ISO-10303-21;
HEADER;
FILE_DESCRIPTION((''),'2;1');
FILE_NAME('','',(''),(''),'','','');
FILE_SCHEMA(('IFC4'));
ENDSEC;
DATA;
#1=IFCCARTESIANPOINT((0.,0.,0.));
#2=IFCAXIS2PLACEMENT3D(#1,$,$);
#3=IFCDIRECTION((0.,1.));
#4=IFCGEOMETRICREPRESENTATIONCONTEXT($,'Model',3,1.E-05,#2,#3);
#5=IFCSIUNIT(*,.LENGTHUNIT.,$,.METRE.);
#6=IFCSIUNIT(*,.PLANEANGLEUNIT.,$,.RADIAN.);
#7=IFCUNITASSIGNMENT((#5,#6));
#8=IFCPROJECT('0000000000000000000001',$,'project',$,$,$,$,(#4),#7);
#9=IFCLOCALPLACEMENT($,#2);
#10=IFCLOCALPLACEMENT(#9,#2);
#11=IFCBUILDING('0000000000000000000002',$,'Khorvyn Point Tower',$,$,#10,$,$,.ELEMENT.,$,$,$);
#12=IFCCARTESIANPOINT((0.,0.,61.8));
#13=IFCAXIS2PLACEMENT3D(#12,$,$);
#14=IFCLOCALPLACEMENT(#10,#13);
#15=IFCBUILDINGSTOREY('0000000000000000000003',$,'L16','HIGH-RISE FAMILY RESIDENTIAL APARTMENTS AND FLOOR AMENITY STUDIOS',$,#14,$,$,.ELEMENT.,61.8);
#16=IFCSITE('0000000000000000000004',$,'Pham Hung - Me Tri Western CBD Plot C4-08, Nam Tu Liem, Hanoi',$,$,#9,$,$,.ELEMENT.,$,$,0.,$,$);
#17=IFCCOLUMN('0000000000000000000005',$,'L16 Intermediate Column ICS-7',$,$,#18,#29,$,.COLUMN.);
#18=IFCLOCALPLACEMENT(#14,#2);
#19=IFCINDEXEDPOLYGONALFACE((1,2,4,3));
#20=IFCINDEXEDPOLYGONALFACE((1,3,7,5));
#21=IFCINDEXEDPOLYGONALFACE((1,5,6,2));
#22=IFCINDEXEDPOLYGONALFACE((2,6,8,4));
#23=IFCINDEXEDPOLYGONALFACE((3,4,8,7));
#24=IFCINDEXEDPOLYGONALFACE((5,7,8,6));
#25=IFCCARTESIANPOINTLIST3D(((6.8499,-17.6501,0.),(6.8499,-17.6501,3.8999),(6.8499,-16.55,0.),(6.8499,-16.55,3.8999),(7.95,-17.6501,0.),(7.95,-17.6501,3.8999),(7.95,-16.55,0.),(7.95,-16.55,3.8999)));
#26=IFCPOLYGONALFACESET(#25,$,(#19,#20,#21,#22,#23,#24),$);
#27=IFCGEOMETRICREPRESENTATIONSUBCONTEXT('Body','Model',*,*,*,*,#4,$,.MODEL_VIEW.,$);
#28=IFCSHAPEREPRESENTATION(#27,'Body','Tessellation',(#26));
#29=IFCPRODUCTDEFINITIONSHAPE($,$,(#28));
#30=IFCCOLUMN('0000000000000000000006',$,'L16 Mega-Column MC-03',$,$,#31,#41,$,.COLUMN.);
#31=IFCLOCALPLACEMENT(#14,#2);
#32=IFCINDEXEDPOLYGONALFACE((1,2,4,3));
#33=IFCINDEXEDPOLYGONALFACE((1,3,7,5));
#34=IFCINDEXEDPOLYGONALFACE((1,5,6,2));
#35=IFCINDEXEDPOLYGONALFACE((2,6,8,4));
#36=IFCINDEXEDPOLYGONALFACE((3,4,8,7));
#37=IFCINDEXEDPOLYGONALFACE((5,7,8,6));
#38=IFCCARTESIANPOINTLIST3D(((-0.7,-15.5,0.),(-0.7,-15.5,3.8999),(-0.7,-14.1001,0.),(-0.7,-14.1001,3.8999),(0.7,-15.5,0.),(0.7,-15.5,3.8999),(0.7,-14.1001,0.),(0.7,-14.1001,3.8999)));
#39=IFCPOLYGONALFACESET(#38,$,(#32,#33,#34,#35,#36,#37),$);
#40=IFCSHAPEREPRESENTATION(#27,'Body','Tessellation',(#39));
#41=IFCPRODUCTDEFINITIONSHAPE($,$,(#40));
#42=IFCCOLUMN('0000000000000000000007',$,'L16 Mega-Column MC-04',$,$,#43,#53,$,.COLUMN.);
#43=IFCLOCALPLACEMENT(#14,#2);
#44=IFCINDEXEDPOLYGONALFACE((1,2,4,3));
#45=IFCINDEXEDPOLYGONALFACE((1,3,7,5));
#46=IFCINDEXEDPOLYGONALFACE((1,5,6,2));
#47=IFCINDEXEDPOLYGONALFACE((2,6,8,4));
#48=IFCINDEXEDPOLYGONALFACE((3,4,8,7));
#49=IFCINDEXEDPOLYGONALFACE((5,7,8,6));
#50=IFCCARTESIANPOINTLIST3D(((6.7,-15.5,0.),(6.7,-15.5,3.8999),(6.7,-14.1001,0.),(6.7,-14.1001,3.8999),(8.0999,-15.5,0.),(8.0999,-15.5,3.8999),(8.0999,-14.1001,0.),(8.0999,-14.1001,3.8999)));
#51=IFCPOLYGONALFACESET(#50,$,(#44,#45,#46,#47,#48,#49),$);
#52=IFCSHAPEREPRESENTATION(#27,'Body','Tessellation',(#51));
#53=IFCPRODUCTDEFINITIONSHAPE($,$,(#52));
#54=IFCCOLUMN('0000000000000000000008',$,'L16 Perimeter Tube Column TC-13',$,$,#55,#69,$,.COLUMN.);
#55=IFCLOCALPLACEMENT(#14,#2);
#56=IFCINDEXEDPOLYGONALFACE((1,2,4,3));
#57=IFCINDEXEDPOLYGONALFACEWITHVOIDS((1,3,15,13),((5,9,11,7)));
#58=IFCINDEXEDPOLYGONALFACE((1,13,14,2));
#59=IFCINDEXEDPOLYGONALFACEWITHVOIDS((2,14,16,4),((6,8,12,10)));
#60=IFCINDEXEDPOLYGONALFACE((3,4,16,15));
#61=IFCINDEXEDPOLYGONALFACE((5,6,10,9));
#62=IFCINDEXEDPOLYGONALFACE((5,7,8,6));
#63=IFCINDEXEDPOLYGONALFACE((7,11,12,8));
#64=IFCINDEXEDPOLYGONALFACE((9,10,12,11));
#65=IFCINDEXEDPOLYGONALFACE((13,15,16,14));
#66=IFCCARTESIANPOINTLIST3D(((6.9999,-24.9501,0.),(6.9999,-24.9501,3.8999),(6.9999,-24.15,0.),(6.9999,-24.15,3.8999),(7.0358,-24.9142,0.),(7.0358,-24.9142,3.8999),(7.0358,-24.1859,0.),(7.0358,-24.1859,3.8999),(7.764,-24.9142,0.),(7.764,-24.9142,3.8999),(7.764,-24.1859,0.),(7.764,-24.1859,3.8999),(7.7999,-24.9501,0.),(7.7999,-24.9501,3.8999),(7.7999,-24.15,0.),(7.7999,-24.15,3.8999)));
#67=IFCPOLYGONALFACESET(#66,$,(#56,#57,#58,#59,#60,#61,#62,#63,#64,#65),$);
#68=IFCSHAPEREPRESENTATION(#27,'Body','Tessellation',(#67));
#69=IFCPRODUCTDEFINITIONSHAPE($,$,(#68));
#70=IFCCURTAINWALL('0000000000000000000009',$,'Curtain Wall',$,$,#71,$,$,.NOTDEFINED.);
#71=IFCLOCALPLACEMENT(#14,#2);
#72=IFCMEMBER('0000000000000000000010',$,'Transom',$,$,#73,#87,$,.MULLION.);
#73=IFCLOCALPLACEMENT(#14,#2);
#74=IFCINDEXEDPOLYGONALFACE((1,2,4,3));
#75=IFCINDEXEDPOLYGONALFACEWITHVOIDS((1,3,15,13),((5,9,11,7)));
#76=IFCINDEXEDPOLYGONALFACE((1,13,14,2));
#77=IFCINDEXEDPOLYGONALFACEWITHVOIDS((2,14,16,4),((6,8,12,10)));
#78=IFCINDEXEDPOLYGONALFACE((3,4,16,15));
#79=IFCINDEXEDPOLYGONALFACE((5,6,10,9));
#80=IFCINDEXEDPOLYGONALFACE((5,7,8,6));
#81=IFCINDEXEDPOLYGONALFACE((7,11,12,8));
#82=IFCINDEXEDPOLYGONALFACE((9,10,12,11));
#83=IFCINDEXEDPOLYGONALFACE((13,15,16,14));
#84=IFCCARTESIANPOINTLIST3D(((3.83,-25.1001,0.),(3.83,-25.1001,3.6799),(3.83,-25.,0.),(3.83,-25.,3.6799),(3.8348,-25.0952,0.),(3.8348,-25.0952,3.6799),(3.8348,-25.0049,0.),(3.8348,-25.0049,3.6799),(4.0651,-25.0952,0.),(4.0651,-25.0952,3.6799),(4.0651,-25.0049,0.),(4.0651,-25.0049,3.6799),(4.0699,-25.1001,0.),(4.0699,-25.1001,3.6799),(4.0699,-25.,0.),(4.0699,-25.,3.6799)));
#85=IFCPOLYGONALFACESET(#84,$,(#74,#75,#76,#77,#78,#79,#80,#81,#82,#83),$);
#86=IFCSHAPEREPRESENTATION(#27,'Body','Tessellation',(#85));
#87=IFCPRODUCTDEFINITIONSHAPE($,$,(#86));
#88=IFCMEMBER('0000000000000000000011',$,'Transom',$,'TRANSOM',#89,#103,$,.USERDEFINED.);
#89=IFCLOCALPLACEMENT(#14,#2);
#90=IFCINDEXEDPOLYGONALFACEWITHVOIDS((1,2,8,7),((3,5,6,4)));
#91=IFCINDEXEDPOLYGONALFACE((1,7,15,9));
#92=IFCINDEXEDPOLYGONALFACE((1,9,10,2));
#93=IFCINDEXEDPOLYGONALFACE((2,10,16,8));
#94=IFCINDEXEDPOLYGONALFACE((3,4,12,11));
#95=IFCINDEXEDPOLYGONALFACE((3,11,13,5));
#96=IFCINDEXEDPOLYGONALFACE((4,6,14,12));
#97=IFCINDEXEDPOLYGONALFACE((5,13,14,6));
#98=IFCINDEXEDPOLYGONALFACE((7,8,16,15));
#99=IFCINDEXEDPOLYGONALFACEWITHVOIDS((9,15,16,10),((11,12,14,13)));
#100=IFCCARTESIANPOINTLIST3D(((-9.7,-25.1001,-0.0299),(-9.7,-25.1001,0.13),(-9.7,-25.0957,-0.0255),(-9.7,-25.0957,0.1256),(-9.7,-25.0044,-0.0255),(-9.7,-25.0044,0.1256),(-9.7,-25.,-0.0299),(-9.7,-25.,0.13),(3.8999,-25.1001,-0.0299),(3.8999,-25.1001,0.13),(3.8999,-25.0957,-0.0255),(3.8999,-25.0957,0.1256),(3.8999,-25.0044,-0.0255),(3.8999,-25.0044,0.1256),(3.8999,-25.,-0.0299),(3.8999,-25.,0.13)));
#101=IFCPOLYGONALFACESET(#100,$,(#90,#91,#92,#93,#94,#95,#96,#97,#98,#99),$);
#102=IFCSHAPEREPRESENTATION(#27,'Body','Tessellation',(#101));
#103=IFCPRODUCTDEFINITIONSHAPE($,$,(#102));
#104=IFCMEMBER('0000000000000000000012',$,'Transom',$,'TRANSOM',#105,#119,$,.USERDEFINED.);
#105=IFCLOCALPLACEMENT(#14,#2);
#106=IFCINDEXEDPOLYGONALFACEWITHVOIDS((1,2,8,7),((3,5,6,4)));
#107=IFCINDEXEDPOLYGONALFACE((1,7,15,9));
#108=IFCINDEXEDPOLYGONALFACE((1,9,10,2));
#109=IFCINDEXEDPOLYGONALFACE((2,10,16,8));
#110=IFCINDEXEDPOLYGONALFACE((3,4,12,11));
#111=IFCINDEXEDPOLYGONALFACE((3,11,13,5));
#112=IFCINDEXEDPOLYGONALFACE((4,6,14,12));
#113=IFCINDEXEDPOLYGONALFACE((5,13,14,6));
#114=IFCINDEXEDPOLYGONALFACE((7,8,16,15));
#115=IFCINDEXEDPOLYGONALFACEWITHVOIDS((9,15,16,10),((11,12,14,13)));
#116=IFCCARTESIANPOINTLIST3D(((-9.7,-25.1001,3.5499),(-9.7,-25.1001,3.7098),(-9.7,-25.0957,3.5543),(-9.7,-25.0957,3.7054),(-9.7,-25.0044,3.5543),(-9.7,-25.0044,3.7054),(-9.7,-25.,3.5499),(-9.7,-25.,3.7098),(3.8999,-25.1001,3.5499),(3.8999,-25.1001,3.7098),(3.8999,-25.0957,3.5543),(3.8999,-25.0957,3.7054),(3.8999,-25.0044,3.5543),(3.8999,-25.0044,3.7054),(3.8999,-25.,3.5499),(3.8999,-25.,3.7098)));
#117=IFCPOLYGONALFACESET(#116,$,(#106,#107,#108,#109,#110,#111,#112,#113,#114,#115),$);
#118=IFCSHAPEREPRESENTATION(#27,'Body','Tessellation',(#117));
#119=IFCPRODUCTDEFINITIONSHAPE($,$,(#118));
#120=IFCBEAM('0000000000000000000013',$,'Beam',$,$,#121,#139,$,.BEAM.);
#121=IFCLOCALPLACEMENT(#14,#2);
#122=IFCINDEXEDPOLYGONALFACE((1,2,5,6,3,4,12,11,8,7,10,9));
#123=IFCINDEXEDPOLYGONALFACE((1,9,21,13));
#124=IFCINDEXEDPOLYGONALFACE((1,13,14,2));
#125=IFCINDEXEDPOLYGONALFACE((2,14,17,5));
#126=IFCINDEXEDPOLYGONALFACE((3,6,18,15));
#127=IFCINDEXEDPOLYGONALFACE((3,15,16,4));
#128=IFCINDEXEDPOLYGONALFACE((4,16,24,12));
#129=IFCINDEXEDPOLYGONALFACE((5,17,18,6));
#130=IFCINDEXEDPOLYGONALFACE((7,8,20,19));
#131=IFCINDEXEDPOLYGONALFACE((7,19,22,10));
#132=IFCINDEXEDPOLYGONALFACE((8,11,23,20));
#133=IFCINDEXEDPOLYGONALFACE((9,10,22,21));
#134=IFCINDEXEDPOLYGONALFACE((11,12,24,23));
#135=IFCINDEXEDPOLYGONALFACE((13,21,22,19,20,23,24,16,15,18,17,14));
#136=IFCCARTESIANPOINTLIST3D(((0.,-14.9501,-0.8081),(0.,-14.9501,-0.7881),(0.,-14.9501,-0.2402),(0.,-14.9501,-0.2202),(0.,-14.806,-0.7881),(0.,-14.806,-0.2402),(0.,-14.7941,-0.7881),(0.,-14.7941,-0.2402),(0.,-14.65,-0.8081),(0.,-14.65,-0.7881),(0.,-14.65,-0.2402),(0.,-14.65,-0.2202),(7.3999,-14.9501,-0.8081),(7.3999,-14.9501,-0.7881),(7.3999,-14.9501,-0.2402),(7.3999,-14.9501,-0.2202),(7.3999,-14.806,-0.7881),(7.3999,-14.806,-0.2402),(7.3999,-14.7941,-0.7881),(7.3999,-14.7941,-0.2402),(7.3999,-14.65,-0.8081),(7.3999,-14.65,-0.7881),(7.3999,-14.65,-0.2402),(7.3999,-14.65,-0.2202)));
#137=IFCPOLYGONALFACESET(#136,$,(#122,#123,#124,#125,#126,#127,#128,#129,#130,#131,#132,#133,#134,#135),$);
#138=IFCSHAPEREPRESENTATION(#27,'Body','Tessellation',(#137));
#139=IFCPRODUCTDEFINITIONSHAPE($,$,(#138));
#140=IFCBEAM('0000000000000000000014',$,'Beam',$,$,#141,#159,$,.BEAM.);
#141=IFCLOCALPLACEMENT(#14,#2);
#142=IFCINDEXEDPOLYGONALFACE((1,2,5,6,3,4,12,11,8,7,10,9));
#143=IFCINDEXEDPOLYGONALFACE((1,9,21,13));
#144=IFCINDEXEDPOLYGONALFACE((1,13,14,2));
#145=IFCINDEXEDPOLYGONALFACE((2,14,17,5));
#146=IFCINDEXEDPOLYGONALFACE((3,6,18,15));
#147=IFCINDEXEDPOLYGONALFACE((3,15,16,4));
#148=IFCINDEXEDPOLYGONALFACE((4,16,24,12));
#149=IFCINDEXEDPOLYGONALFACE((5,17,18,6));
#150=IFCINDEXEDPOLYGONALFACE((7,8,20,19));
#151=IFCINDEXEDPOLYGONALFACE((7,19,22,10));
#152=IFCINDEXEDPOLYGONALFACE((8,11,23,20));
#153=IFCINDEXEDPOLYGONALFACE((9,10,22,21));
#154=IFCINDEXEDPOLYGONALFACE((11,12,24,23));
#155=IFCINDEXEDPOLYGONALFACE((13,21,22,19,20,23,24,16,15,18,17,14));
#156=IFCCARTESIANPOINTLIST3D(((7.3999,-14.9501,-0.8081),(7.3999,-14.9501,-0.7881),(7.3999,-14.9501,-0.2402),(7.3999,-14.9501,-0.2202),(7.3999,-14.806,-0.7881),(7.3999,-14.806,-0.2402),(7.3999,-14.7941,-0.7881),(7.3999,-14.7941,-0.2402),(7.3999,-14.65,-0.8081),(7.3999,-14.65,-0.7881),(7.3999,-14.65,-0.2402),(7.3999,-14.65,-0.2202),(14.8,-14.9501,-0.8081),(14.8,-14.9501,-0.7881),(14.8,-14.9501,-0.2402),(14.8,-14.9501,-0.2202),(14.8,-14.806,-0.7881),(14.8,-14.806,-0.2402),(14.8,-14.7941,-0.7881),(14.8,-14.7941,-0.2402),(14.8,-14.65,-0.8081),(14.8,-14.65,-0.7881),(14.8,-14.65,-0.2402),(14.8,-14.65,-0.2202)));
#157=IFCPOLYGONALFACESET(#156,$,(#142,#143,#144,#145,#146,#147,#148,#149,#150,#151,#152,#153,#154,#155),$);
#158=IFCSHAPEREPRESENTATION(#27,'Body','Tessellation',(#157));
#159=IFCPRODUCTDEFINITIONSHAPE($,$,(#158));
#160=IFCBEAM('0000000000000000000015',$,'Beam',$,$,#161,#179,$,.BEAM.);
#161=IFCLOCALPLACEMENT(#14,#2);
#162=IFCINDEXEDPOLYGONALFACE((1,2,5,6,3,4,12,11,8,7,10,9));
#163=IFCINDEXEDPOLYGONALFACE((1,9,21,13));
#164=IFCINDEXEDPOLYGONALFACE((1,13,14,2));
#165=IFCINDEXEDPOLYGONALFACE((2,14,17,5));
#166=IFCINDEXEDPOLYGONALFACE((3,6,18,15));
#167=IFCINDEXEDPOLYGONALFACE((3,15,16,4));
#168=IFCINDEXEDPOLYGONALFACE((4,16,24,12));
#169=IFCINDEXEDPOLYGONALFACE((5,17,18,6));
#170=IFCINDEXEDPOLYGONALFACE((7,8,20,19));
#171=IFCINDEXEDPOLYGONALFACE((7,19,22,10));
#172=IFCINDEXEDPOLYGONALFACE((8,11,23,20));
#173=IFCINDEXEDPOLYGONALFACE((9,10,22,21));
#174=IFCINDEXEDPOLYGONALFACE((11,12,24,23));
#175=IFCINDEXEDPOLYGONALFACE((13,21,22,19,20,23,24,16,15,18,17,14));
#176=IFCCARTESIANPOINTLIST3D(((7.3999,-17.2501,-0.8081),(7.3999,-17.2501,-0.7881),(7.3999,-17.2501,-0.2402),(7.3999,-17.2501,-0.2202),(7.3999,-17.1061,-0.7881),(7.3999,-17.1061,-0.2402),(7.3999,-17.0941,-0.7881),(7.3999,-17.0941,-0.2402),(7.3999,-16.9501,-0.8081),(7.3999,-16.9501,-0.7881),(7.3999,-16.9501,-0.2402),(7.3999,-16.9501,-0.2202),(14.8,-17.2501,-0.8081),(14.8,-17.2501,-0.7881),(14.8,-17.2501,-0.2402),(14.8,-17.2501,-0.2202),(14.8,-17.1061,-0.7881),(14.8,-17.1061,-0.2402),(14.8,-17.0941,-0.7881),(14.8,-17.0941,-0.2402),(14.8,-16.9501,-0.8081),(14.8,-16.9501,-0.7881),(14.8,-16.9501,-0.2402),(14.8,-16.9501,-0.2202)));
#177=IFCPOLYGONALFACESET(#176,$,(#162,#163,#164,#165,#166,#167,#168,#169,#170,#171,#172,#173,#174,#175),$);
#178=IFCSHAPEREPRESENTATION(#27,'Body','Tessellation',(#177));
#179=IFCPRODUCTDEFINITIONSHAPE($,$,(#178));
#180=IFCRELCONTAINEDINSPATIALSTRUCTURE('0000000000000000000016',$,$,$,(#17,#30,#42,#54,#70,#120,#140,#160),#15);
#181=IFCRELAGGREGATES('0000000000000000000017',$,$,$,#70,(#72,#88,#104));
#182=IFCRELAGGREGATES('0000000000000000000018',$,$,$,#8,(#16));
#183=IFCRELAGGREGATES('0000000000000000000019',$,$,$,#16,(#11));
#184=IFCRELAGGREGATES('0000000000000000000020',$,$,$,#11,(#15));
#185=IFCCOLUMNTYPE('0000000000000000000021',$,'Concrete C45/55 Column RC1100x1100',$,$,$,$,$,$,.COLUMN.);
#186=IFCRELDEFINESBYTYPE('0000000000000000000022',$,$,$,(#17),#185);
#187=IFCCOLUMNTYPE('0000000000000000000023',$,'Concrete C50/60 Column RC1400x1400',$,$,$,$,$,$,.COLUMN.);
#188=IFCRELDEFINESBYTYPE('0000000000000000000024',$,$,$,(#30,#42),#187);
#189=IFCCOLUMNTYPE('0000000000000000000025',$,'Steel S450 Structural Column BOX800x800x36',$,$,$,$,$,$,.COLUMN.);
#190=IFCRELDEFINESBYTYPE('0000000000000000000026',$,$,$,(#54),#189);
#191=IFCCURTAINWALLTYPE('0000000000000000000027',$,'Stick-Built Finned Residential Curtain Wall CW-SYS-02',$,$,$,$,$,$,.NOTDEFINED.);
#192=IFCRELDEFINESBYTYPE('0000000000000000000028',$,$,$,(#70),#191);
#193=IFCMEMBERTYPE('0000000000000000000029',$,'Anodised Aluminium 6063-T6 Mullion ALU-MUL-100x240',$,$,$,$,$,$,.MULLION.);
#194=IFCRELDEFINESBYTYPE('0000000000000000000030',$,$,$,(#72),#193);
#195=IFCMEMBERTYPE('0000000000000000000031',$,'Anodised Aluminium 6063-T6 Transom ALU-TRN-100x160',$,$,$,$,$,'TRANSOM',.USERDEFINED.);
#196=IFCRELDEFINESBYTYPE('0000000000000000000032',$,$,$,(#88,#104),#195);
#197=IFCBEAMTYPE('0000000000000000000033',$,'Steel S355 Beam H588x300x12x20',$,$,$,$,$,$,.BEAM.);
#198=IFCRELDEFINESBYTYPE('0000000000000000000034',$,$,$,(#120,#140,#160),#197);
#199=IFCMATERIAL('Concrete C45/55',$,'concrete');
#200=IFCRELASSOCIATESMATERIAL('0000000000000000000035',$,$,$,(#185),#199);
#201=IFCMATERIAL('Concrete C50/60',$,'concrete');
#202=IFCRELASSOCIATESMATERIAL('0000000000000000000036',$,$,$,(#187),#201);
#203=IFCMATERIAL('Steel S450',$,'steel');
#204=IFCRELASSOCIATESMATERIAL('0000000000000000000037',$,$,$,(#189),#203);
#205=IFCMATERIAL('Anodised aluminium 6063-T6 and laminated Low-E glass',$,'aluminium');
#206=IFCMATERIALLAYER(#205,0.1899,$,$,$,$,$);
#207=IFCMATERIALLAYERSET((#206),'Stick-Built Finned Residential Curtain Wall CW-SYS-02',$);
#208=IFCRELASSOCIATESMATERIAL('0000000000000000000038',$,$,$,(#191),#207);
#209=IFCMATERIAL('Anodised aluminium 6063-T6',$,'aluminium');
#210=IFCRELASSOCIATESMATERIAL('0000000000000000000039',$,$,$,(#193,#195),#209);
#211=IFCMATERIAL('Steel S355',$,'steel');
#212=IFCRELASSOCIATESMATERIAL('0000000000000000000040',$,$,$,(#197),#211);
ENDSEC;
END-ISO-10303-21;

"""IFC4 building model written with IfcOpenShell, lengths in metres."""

from ifc_helpers import new_model, si_unit, direction, frame, origin, origin_2d, place, context, subcontext, project, spatial, rectangle, hollow_rectangle, i_section, extrude, material, layer, layer_set, material_profile, profile_set, type_object, element, aggregate, save


model = new_model("IFC4")

# Units and contexts
model_context = context("Model", 3, precision=1e-05, world=origin(), true_north=direction((0.0, 1.0)))
body_context = subcontext(model_context, "Body", "Model", "MODEL_VIEW")
ifc_project = project(units=[si_unit("LENGTHUNIT", "METRE"), si_unit("PLANEANGLEUNIT", "RADIAN")], contexts=[model_context])

# Site, building, storey
site_placement = place(None, origin())
site = spatial("IfcSite", under=ifc_project, at=site_placement, Name="Pham Hung - Me Tri Western CBD Plot C4-08, Nam Tu Liem, Hanoi", CompositionType="ELEMENT", RefElevation=0.0)
building_placement = place(site_placement, origin())
building = spatial("IfcBuilding", under=site, at=building_placement, Name="Khorvyn Point Tower", CompositionType="ELEMENT")
storey_placement = place(building_placement, frame((0.0, 0.0, 61.8)))
storey = spatial("IfcBuildingStorey", under=building, at=storey_placement, Name="L16", Description="HIGH-RISE FAMILY RESIDENTIAL APARTMENTS AND FLOOR AMENITY STUDIOS", CompositionType="ELEMENT", Elevation=61.8)

# Columns
ifc_material_1 = material(Name="Concrete C45/55", Category="concrete")
ifc_material_profile_1 = material_profile(ifc_material_1, rectangle(XDim=1.1001, YDim=1.1001, at=origin_2d()))
ifc_profile_set_1 = profile_set([ifc_material_profile_1], Name="Concrete C45/55 RC1100x1100")
column_type_1 = type_object("IfcColumnType", Name="Concrete C45/55 Column RC1100x1100", PredefinedType="COLUMN", material=ifc_profile_set_1)
column_1_placement = place(storey_placement, frame((7.3999, -17.1001, 0.0), z_axis=(0.0, 0.0, 1.0), x_axis=(1.0, 0.0, 0.0)))
element("IfcColumn", 1, at=column_1_placement, inside=storey, type_object=column_type_1, Name="L16 Intermediate Column ICS-7", PredefinedType="COLUMN", context=body_context, shape_type="SweptSolid", body=[
    extrude(rectangle(XDim=1.1001, YDim=1.1001, at=origin_2d()), origin(), (0.0, 0.0, 1.0), 3.8999),
])
ifc_material_2 = material(Name="Concrete C50/60", Category="concrete")
ifc_material_profile_2 = material_profile(ifc_material_2, rectangle(XDim=1.3999, YDim=1.3999, at=origin_2d()))
ifc_profile_set_2 = profile_set([ifc_material_profile_2], Name="Concrete C50/60 RC1400x1400")
column_type_2 = type_object("IfcColumnType", Name="Concrete C50/60 Column RC1400x1400", PredefinedType="COLUMN", material=ifc_profile_set_2)
for number, where, z_axis, x_axis, name in (
    (2, (0.0, -14.8, 0.0), (0.0, 0.0, 1.0), (1.0, 0.0, 0.0), "L16 Mega-Column MC-03"),
    (3, (7.3999, -14.8, 0.0), (0.0, 0.0, 1.0), (1.0, 0.0, 0.0), "L16 Mega-Column MC-04"),
):
    element("IfcColumn", number, at=place(storey_placement, frame(where, z_axis=z_axis, x_axis=x_axis)), inside=storey, type_object=column_type_2, Name=name, PredefinedType="COLUMN", context=body_context, shape_type="SweptSolid", body=[
        extrude(rectangle(XDim=1.3999, YDim=1.3999, at=origin_2d()), origin(), (0.0, 0.0, 1.0), 3.8999),
    ])
ifc_material_3 = material(Name="Steel S450", Category="steel")
ifc_material_profile_3 = material_profile(ifc_material_3, hollow_rectangle(XDim=0.8, YDim=0.8, WallThickness=0.0359, at=origin_2d()))
ifc_profile_set_3 = profile_set([ifc_material_profile_3], Name="Steel S450 BOX800x800x36")
column_type_3 = type_object("IfcColumnType", Name="Steel S450 Structural Column BOX800x800x36", PredefinedType="COLUMN", material=ifc_profile_set_3)
column_2_placement = place(storey_placement, frame((7.3999, -24.55, 0.0), z_axis=(0.0, 0.0, 1.0), x_axis=(1.0, 0.0, 0.0)))
element("IfcColumn", 4, at=column_2_placement, inside=storey, type_object=column_type_3, Name="L16 Perimeter Tube Column TC-13", PredefinedType="COLUMN", context=body_context, shape_type="SweptSolid", body=[
    extrude(hollow_rectangle(XDim=0.8, YDim=0.8, WallThickness=0.0359, at=origin_2d()), origin(), (0.0, 0.0, 1.0), 3.8999),
])

# Curtain wall, members
ifc_material_4 = material(Name="Anodised aluminium 6063-T6 and laminated Low-E glass", Category="aluminium")
ifc_layer_1 = layer(ifc_material_4, 0.1899)
ifc_layer_set_1 = layer_set([ifc_layer_1], Name="Stick-Built Finned Residential Curtain Wall CW-SYS-02")
curtain_wall_type = type_object("IfcCurtainWallType", Name="Stick-Built Finned Residential Curtain Wall CW-SYS-02", PredefinedType="NOTDEFINED", material=ifc_layer_set_1)
curtain_wall_placement = place(storey_placement, origin())
curtain_wall = element("IfcCurtainWall", 5, at=curtain_wall_placement, inside=storey, type_object=curtain_wall_type, Name="Curtain Wall", PredefinedType="NOTDEFINED")
ifc_material_5 = material(Name="Anodised aluminium 6063-T6", Category="aluminium")
ifc_material_profile_4 = material_profile(ifc_material_5, hollow_rectangle(XDim=0.1001, YDim=0.24, WallThickness=0.0049, at=origin_2d()))
ifc_profile_set_4 = profile_set([ifc_material_profile_4], Name="Anodised aluminium 6063-T6 ALU-MUL-100x240")
member_type_1 = type_object("IfcMemberType", Name="Anodised Aluminium 6063-T6 Mullion ALU-MUL-100x240", PredefinedType="MULLION", material=ifc_profile_set_4)
member_1_placement = place(storey_placement, frame((3.95, -25.05, 0.0), z_axis=(0.0, 0.0, 1.0), x_axis=(0.0, -1.0, 0.0)))
member_1 = element("IfcMember", 6, at=member_1_placement, type_object=member_type_1, Name="Transom", PredefinedType="MULLION", context=body_context, shape_type="SweptSolid", body=[
    extrude(hollow_rectangle(XDim=0.1001, YDim=0.24, WallThickness=0.0049, at=origin_2d()), origin(), (0.0, 0.0, 1.0), 3.6799),
])
ifc_material_profile_5 = material_profile(ifc_material_5, hollow_rectangle(XDim=0.1001, YDim=0.1599, WallThickness=0.0044, at=origin_2d()))
ifc_profile_set_5 = profile_set([ifc_material_profile_5], Name="Anodised aluminium 6063-T6 ALU-TRN-100x160")
member_type_2 = type_object("IfcMemberType", Name="Anodised Aluminium 6063-T6 Transom ALU-TRN-100x160", ElementType="TRANSOM", PredefinedType="USERDEFINED", material=ifc_profile_set_5)
member_2_placement = place(storey_placement, frame((3.8999, -25.05, 0.05), z_axis=(-1.0, 0.0, 0.0), x_axis=(0.0, -1.0, 0.0)))
member_2 = element("IfcMember", 7, at=member_2_placement, type_object=member_type_2, Name="Transom", ObjectType="TRANSOM", PredefinedType="USERDEFINED", context=body_context, shape_type="SweptSolid", body=[
    extrude(hollow_rectangle(XDim=0.1001, YDim=0.1599, WallThickness=0.0044, at=origin_2d()), origin(), (0.0, 0.0, 1.0), 13.5999),
])
member_3_placement = place(storey_placement, frame((3.8999, -25.05, 3.6299), z_axis=(-1.0, 0.0, 0.0), x_axis=(0.0, -1.0, 0.0)))
member_3 = element("IfcMember", 8, at=member_3_placement, type_object=member_type_2, Name="Transom", ObjectType="TRANSOM", PredefinedType="USERDEFINED", context=body_context, shape_type="SweptSolid", body=[
    extrude(hollow_rectangle(XDim=0.1001, YDim=0.1599, WallThickness=0.0044, at=origin_2d()), origin(), (0.0, 0.0, 1.0), 13.5999),
])

# Beams
ifc_material_6 = material(Name="Steel S355", Category="steel")
ifc_material_profile_6 = material_profile(ifc_material_6, i_section(OverallWidth=0.3, OverallDepth=0.5879, WebThickness=0.012, FlangeThickness=0.02, at=origin_2d()))
ifc_profile_set_6 = profile_set([ifc_material_profile_6], Name="Steel S355 H588x300x12x20")
beam_type_1 = type_object("IfcBeamType", Name="Steel S355 Beam H588x300x12x20", PredefinedType="BEAM", material=ifc_profile_set_6)
beam_1_placement = place(storey_placement, frame((0.0, -14.8, -0.5142), z_axis=(1.0, 0.0, 0.0), x_axis=(0.0, 1.0, 0.0)))
element("IfcBeam", 9, at=beam_1_placement, inside=storey, type_object=beam_type_1, Name="Beam", PredefinedType="BEAM", context=body_context, shape_type="SweptSolid", body=[
    extrude(i_section(OverallWidth=0.3, OverallDepth=0.5879, WebThickness=0.012, FlangeThickness=0.02, at=origin_2d()), origin(), (0.0, 0.0, 1.0), 7.3999),
])
for number, where, z_axis, x_axis, name in (
    (10, (7.3999, -14.8, -0.5142), (1.0, 0.0, 0.0), (0.0, 1.0, 0.0), "Beam"),
    (11, (7.3999, -17.1001, -0.5142), (1.0, 0.0, 0.0), (0.0, 1.0, 0.0), "Beam"),
):
    element("IfcBeam", number, at=place(storey_placement, frame(where, z_axis=z_axis, x_axis=x_axis)), inside=storey, type_object=beam_type_1, Name=name, PredefinedType="BEAM", context=body_context, shape_type="SweptSolid", body=[
        extrude(i_section(OverallWidth=0.3, OverallDepth=0.5879, WebThickness=0.012, FlangeThickness=0.02, at=origin_2d()), origin(), (0.0, 0.0, 1.0), 7.4001),
    ])

aggregate(curtain_wall, [member_1, member_2, member_3])

save(model, "model.ifc")
